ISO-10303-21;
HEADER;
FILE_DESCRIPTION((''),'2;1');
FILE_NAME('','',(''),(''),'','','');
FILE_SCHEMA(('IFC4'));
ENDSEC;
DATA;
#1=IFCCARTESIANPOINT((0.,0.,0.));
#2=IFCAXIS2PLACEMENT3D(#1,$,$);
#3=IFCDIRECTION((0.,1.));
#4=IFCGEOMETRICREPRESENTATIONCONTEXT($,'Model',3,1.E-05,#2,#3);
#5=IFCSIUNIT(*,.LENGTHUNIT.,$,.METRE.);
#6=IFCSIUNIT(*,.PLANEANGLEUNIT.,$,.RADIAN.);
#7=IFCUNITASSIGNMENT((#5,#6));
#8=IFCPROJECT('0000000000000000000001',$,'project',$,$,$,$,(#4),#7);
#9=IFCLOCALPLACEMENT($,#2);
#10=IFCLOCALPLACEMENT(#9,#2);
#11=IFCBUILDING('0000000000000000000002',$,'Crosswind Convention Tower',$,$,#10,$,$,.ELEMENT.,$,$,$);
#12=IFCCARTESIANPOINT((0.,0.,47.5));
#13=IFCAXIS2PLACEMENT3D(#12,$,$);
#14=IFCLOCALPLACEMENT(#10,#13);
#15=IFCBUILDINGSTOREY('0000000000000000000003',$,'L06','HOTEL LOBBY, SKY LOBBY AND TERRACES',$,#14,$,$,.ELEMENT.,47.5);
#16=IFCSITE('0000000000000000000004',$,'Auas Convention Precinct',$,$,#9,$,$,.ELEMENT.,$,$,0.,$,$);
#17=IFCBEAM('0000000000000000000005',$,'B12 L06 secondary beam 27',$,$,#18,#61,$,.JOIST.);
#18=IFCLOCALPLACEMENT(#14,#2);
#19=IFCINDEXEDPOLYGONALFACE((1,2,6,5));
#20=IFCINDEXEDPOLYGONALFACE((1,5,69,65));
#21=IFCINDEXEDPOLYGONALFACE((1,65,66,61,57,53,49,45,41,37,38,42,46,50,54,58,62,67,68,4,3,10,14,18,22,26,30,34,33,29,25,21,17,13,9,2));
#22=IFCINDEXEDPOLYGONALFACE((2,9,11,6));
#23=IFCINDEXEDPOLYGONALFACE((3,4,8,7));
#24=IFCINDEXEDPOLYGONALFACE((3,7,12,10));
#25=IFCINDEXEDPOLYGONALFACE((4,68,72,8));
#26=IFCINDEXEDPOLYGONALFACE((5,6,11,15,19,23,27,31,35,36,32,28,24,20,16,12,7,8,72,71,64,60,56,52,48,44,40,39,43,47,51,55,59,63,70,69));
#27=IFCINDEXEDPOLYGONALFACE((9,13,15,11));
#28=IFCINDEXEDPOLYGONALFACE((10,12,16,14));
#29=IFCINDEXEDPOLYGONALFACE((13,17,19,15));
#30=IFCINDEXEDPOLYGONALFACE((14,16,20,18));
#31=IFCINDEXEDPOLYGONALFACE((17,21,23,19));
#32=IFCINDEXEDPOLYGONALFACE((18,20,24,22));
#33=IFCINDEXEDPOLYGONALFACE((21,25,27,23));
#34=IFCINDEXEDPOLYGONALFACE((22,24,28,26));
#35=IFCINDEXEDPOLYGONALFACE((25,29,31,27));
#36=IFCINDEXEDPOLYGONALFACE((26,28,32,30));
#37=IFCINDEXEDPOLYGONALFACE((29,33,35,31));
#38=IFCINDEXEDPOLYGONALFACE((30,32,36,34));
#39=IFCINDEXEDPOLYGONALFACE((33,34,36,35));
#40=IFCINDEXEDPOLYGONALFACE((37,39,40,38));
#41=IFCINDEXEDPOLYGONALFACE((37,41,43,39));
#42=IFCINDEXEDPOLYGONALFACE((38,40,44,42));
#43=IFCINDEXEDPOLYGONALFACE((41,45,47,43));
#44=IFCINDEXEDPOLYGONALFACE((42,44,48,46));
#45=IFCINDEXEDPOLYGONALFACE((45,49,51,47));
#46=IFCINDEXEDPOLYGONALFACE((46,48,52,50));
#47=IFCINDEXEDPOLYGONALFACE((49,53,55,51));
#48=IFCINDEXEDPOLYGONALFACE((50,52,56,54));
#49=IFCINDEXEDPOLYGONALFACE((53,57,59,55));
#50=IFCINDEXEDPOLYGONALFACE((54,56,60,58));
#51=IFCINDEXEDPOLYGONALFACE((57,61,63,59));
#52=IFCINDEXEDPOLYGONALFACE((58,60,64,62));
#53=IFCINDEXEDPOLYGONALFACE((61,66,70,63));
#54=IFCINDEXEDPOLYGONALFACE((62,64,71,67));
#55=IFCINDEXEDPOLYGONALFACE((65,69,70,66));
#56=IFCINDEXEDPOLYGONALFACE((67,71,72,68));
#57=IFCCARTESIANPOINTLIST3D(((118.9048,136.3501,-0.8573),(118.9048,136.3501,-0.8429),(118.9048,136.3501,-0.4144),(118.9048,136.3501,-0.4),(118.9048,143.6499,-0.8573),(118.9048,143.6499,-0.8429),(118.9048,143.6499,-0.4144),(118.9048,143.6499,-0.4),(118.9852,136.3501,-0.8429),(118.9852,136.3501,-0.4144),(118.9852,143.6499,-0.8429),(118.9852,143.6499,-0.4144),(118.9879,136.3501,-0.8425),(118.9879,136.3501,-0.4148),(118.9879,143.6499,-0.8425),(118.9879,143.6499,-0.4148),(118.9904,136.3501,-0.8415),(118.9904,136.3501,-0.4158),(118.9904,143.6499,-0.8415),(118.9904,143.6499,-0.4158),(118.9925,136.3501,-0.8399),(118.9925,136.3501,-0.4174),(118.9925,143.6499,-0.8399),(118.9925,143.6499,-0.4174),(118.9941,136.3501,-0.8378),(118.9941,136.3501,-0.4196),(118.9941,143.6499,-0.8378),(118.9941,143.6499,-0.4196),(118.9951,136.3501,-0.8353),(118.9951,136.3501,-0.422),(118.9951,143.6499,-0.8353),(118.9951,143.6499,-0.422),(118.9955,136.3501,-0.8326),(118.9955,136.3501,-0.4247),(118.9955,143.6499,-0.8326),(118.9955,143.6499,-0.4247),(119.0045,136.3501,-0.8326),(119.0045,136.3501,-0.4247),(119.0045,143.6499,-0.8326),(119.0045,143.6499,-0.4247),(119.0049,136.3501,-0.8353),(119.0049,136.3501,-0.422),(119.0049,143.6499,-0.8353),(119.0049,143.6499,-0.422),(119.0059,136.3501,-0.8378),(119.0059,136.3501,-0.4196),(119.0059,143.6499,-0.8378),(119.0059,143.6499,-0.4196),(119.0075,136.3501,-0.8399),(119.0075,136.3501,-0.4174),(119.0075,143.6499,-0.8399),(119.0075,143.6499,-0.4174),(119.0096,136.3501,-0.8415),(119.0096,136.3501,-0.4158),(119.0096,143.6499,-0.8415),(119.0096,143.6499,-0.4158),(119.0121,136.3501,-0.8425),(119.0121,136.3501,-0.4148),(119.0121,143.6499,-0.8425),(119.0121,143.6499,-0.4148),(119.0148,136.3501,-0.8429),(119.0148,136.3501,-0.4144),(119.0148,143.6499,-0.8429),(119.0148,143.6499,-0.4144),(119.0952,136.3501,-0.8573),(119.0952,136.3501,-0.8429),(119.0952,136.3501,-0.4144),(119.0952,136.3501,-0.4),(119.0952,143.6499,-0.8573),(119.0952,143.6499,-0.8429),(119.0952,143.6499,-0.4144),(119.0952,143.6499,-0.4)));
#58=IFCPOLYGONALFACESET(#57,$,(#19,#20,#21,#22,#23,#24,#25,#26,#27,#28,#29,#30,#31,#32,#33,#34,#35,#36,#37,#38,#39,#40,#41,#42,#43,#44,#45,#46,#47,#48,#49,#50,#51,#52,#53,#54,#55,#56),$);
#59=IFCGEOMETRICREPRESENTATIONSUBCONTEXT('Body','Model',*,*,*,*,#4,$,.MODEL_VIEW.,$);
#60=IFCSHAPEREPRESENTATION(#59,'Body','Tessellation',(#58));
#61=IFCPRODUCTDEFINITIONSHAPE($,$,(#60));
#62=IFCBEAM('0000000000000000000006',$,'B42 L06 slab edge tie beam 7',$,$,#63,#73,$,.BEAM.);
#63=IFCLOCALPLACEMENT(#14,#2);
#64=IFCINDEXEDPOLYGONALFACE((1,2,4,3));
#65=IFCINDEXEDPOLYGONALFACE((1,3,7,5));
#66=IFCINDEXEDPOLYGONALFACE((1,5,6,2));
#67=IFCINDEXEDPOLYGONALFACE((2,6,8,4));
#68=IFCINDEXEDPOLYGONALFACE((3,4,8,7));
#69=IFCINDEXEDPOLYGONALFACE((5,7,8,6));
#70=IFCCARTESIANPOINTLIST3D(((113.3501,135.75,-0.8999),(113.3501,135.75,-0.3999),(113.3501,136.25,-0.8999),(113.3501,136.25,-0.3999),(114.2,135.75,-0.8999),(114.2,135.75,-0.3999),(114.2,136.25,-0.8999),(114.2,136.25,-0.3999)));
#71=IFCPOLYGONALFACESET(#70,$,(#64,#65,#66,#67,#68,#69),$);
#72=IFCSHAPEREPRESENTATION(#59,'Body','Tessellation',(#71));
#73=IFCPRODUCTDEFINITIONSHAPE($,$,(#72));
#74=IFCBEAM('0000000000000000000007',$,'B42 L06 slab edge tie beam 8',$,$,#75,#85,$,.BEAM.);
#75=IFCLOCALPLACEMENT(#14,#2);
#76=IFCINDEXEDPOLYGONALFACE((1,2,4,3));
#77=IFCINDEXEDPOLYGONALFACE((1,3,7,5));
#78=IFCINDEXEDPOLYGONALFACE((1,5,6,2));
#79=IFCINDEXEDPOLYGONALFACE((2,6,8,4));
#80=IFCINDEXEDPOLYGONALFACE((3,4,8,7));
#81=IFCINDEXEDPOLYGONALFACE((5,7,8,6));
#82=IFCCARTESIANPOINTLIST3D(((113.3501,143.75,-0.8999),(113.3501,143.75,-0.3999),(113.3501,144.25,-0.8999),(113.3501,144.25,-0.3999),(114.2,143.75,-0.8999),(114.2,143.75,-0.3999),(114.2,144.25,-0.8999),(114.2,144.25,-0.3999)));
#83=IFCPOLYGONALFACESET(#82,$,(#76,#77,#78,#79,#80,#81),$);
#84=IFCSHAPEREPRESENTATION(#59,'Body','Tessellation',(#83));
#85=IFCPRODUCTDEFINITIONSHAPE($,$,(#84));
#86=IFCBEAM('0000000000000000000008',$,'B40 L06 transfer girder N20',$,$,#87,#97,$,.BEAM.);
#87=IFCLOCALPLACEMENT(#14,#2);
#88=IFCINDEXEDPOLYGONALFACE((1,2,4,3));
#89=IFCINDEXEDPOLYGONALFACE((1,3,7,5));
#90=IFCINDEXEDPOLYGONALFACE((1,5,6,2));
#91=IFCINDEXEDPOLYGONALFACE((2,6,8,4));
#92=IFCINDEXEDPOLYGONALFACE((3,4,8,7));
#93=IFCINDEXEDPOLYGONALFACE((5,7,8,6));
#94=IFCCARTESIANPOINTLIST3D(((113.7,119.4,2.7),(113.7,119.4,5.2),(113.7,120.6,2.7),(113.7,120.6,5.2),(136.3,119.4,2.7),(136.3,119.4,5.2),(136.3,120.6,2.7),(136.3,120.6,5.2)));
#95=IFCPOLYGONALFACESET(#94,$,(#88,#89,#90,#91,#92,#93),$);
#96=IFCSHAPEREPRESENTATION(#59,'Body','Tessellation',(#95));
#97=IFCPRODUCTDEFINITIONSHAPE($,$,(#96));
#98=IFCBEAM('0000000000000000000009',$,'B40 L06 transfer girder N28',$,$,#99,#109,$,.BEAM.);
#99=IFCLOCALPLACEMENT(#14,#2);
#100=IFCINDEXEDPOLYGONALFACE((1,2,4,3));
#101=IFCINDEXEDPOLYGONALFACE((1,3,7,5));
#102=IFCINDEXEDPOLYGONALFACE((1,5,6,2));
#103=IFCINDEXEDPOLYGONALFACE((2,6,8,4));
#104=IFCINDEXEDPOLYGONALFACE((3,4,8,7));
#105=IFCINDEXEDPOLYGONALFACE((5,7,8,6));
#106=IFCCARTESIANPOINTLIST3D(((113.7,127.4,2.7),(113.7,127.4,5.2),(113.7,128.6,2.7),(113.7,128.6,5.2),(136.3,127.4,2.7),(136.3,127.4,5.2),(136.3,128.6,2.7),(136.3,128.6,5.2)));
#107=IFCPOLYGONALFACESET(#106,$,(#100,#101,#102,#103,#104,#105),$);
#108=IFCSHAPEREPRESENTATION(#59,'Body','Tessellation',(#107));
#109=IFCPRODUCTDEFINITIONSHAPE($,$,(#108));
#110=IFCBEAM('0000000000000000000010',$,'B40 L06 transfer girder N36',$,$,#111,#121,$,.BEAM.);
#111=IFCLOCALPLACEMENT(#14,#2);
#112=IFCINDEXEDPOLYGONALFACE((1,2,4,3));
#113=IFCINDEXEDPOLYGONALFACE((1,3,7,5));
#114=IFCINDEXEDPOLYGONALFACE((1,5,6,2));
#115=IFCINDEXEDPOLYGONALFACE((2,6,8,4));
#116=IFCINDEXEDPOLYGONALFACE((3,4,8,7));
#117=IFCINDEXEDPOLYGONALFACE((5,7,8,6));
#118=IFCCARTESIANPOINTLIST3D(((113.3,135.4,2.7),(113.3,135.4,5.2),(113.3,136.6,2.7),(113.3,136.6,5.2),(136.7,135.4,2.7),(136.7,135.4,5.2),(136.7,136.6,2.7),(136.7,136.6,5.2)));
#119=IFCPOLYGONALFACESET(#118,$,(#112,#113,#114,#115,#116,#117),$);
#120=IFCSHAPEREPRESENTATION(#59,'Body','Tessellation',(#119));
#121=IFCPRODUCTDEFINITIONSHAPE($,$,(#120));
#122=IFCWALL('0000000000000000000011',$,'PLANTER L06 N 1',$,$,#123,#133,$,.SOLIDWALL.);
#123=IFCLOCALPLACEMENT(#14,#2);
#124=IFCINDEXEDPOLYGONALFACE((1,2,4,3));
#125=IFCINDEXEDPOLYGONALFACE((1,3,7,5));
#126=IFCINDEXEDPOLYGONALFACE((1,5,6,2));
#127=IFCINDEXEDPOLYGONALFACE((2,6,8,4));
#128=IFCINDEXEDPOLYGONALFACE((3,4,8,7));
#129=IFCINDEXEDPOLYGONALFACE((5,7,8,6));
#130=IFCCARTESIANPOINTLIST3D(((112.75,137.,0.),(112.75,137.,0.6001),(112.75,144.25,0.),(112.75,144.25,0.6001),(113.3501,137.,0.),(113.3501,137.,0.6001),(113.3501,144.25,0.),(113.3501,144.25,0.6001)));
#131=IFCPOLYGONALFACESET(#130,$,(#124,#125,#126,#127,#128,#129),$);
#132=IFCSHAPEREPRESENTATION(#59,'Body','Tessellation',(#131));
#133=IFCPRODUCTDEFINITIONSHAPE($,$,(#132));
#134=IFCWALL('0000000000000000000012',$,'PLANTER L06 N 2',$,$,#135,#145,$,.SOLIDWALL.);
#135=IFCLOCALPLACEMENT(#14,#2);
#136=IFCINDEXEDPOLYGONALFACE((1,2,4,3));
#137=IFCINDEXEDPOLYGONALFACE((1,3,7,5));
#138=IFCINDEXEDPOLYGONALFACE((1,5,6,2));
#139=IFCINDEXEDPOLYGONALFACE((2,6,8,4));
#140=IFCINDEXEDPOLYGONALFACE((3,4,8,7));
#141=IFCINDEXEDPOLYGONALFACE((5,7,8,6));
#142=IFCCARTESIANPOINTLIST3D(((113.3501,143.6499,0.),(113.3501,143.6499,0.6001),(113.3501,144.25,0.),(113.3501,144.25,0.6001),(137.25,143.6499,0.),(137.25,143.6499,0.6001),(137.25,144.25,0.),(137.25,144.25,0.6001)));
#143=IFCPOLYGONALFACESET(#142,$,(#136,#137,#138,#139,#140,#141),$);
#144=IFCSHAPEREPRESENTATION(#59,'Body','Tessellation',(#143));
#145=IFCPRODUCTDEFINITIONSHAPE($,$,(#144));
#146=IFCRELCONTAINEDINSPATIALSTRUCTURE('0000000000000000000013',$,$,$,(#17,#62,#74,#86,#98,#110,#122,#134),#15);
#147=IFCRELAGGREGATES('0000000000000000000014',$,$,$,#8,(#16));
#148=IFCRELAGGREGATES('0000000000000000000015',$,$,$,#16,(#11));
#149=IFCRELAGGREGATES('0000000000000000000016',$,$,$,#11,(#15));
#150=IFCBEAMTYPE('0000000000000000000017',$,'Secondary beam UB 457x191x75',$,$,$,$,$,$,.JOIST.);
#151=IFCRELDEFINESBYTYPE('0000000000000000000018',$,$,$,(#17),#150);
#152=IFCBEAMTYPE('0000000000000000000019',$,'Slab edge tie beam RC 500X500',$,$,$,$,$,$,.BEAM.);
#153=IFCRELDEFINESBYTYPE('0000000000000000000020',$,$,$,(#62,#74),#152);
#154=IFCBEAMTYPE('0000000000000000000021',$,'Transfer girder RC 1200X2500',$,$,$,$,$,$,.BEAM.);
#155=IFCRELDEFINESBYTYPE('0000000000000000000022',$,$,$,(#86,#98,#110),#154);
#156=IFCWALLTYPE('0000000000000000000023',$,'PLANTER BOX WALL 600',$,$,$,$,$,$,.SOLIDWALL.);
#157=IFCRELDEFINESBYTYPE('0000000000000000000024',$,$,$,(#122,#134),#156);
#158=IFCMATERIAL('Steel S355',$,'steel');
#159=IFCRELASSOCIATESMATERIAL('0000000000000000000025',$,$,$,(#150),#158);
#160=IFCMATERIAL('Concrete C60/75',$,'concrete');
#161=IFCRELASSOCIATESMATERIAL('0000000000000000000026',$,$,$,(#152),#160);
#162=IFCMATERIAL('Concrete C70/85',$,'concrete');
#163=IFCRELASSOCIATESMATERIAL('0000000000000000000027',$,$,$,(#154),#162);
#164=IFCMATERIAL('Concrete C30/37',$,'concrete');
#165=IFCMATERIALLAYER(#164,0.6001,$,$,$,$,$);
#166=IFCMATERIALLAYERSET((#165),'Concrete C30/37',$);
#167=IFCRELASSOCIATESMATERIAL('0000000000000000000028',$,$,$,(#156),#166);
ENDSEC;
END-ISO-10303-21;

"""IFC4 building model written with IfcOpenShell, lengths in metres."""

from ifc_helpers import new_model, si_unit, direction, frame, frame_2d, origin, origin_2d, place, context, subcontext, project, spatial, rectangle, i_section, extrude, material, layer, layer_set, material_profile, profile_set, type_object, element, save


model = new_model("IFC4")

# Units and contexts
model_context = context("Model", 3, precision=1e-05, world=origin(), true_north=direction((0.0, 1.0)))
body_context = subcontext(model_context, "Body", "Model", "MODEL_VIEW")
ifc_project = project(units=[si_unit("LENGTHUNIT", "METRE"), si_unit("PLANEANGLEUNIT", "RADIAN")], contexts=[model_context])

# Site, building, storey
site_placement = place(None, origin())
site = spatial("IfcSite", under=ifc_project, at=site_placement, Name="Auas Convention Precinct", CompositionType="ELEMENT", RefElevation=0.0)
building_placement = place(site_placement, origin())
building = spatial("IfcBuilding", under=site, at=building_placement, Name="Crosswind Convention Tower", CompositionType="ELEMENT")
storey_placement = place(building_placement, frame((0.0, 0.0, 47.5)))
storey = spatial("IfcBuildingStorey", under=building, at=storey_placement, Name="L06", Description="HOTEL LOBBY, SKY LOBBY AND TERRACES", CompositionType="ELEMENT", Elevation=47.5)

# Shared definitions
ifc_material_1 = material(Name="Concrete C70/85", Category="concrete")
ifc_material_2 = material(Name="Concrete C60/75", Category="concrete")

# Beams
ifc_material_3 = material(Name="Steel S355", Category="steel")
ifc_material_profile_1 = material_profile(ifc_material_3, i_section(OverallWidth=0.1904, OverallDepth=0.4573, WebThickness=0.009, FlangeThickness=0.0144, FilletRadius=0.0103, at=origin_2d()), Name="UB 457x191x75")
ifc_profile_set_1 = profile_set([ifc_material_profile_1], Name="Steel S355")
beam_type_1 = type_object("IfcBeamType", Name="Secondary beam UB 457x191x75", PredefinedType="JOIST", material=ifc_profile_set_1)
beam_1_placement = place(storey_placement, frame((119.0, 136.3501, -0.6287), z_axis=(0.0, 1.0, 0.0), x_axis=(-1.0, 0.0, 0.0)))
element("IfcBeam", 1, at=beam_1_placement, inside=storey, type_object=beam_type_1, Name="B12 L06 secondary beam 27", PredefinedType="JOIST", context=body_context, shape_type="SweptSolid", body=[
    extrude(i_section(OverallWidth=0.1904, OverallDepth=0.4573, WebThickness=0.009, FlangeThickness=0.0144, FilletRadius=0.0103, at=origin_2d()), origin(), (0.0, 0.0, 1.0), 7.2998),
])
ifc_material_profile_2 = material_profile(ifc_material_2, rectangle(XDim=0.5, YDim=0.5, at=origin_2d()), Name="RC 500X500")
ifc_profile_set_2 = profile_set([ifc_material_profile_2], Name="Concrete C60/75")
beam_type_2 = type_object("IfcBeamType", Name="Slab edge tie beam RC 500X500", PredefinedType="BEAM", material=ifc_profile_set_2)
for number, where, z_axis, x_axis, name in (
    (2, (113.3501, 136.0, -0.6499), (1.0, 0.0, 0.0), (0.0, 1.0, 0.0), "B42 L06 slab edge tie beam 7"),
    (3, (113.3501, 144.0, -0.6499), (1.0, 0.0, 0.0), (0.0, 1.0, 0.0), "B42 L06 slab edge tie beam 8"),
):
    element("IfcBeam", number, at=place(storey_placement, frame(where, z_axis=z_axis, x_axis=x_axis)), inside=storey, type_object=beam_type_2, Name=name, PredefinedType="BEAM", context=body_context, shape_type="SweptSolid", body=[
        extrude(rectangle(XDim=0.5, YDim=0.5, at=origin_2d()), origin(), (0.0, 0.0, 1.0), 0.8499),
    ])
ifc_material_profile_3 = material_profile(ifc_material_1, rectangle(XDim=1.2, YDim=2.5, at=origin_2d()), Name="RC 1200X2500")
ifc_profile_set_3 = profile_set([ifc_material_profile_3], Name="Concrete C70/85")
beam_type_3 = type_object("IfcBeamType", Name="Transfer girder RC 1200X2500", PredefinedType="BEAM", material=ifc_profile_set_3)
for number, where, z_axis, x_axis, name in (
    (4, (113.7, 120.0, 3.95), (1.0, 0.0, 0.0), (0.0, 1.0, 0.0), "B40 L06 transfer girder N20"),
    (5, (113.7, 128.0, 3.95), (1.0, 0.0, 0.0), (0.0, 1.0, 0.0), "B40 L06 transfer girder N28"),
):
    element("IfcBeam", number, at=place(storey_placement, frame(where, z_axis=z_axis, x_axis=x_axis)), inside=storey, type_object=beam_type_3, Name=name, PredefinedType="BEAM", context=body_context, shape_type="SweptSolid", body=[
        extrude(rectangle(XDim=1.2, YDim=2.5, at=origin_2d()), origin(), (0.0, 0.0, 1.0), 22.6001),
    ])
beam_2_placement = place(storey_placement, frame((113.3, 136.0, 3.95), z_axis=(1.0, 0.0, 0.0), x_axis=(0.0, 1.0, 0.0)))
element("IfcBeam", 6, at=beam_2_placement, inside=storey, type_object=beam_type_3, Name="B40 L06 transfer girder N36", PredefinedType="BEAM", context=body_context, shape_type="SweptSolid", body=[
    extrude(rectangle(XDim=1.2, YDim=2.5, at=origin_2d()), origin(), (0.0, 0.0, 1.0), 23.3999),
])

# Walls
ifc_material_4 = material(Name="Concrete C30/37", Category="concrete")
ifc_layer_1 = layer(ifc_material_4, 0.6001)
ifc_layer_set_1 = layer_set([ifc_layer_1], Name="Concrete C30/37")
wall_type_1 = type_object("IfcWallType", Name="PLANTER BOX WALL 600", PredefinedType="SOLIDWALL", material=ifc_layer_set_1)
wall_1_placement = place(storey_placement, frame((113.05, 137.0, 0.0), z_axis=(0.0, 0.0, 1.0), x_axis=(0.0, 1.0, 0.0)))
element("IfcWall", 7, at=wall_1_placement, inside=storey, type_object=wall_type_1, Name="PLANTER L06 N 1", PredefinedType="SOLIDWALL", context=body_context, shape_type="SweptSolid", body=[
    extrude(rectangle(XDim=7.25, YDim=0.6001, at=frame_2d((3.625, 0.0))), origin(), (0.0, 0.0, 1.0), 0.6001),
])
wall_2_placement = place(storey_placement, frame((113.3501, 143.95, 0.0), z_axis=(0.0, 0.0, 1.0), x_axis=(1.0, 0.0, 0.0)))
element("IfcWall", 8, at=wall_2_placement, inside=storey, type_object=wall_type_1, Name="PLANTER L06 N 2", PredefinedType="SOLIDWALL", context=body_context, shape_type="SweptSolid", body=[
    extrude(rectangle(XDim=23.8999, YDim=0.6001, at=frame_2d((11.95, 0.0))), origin(), (0.0, 0.0, 1.0), 0.6001),
])

save(model, "model.ifc")
